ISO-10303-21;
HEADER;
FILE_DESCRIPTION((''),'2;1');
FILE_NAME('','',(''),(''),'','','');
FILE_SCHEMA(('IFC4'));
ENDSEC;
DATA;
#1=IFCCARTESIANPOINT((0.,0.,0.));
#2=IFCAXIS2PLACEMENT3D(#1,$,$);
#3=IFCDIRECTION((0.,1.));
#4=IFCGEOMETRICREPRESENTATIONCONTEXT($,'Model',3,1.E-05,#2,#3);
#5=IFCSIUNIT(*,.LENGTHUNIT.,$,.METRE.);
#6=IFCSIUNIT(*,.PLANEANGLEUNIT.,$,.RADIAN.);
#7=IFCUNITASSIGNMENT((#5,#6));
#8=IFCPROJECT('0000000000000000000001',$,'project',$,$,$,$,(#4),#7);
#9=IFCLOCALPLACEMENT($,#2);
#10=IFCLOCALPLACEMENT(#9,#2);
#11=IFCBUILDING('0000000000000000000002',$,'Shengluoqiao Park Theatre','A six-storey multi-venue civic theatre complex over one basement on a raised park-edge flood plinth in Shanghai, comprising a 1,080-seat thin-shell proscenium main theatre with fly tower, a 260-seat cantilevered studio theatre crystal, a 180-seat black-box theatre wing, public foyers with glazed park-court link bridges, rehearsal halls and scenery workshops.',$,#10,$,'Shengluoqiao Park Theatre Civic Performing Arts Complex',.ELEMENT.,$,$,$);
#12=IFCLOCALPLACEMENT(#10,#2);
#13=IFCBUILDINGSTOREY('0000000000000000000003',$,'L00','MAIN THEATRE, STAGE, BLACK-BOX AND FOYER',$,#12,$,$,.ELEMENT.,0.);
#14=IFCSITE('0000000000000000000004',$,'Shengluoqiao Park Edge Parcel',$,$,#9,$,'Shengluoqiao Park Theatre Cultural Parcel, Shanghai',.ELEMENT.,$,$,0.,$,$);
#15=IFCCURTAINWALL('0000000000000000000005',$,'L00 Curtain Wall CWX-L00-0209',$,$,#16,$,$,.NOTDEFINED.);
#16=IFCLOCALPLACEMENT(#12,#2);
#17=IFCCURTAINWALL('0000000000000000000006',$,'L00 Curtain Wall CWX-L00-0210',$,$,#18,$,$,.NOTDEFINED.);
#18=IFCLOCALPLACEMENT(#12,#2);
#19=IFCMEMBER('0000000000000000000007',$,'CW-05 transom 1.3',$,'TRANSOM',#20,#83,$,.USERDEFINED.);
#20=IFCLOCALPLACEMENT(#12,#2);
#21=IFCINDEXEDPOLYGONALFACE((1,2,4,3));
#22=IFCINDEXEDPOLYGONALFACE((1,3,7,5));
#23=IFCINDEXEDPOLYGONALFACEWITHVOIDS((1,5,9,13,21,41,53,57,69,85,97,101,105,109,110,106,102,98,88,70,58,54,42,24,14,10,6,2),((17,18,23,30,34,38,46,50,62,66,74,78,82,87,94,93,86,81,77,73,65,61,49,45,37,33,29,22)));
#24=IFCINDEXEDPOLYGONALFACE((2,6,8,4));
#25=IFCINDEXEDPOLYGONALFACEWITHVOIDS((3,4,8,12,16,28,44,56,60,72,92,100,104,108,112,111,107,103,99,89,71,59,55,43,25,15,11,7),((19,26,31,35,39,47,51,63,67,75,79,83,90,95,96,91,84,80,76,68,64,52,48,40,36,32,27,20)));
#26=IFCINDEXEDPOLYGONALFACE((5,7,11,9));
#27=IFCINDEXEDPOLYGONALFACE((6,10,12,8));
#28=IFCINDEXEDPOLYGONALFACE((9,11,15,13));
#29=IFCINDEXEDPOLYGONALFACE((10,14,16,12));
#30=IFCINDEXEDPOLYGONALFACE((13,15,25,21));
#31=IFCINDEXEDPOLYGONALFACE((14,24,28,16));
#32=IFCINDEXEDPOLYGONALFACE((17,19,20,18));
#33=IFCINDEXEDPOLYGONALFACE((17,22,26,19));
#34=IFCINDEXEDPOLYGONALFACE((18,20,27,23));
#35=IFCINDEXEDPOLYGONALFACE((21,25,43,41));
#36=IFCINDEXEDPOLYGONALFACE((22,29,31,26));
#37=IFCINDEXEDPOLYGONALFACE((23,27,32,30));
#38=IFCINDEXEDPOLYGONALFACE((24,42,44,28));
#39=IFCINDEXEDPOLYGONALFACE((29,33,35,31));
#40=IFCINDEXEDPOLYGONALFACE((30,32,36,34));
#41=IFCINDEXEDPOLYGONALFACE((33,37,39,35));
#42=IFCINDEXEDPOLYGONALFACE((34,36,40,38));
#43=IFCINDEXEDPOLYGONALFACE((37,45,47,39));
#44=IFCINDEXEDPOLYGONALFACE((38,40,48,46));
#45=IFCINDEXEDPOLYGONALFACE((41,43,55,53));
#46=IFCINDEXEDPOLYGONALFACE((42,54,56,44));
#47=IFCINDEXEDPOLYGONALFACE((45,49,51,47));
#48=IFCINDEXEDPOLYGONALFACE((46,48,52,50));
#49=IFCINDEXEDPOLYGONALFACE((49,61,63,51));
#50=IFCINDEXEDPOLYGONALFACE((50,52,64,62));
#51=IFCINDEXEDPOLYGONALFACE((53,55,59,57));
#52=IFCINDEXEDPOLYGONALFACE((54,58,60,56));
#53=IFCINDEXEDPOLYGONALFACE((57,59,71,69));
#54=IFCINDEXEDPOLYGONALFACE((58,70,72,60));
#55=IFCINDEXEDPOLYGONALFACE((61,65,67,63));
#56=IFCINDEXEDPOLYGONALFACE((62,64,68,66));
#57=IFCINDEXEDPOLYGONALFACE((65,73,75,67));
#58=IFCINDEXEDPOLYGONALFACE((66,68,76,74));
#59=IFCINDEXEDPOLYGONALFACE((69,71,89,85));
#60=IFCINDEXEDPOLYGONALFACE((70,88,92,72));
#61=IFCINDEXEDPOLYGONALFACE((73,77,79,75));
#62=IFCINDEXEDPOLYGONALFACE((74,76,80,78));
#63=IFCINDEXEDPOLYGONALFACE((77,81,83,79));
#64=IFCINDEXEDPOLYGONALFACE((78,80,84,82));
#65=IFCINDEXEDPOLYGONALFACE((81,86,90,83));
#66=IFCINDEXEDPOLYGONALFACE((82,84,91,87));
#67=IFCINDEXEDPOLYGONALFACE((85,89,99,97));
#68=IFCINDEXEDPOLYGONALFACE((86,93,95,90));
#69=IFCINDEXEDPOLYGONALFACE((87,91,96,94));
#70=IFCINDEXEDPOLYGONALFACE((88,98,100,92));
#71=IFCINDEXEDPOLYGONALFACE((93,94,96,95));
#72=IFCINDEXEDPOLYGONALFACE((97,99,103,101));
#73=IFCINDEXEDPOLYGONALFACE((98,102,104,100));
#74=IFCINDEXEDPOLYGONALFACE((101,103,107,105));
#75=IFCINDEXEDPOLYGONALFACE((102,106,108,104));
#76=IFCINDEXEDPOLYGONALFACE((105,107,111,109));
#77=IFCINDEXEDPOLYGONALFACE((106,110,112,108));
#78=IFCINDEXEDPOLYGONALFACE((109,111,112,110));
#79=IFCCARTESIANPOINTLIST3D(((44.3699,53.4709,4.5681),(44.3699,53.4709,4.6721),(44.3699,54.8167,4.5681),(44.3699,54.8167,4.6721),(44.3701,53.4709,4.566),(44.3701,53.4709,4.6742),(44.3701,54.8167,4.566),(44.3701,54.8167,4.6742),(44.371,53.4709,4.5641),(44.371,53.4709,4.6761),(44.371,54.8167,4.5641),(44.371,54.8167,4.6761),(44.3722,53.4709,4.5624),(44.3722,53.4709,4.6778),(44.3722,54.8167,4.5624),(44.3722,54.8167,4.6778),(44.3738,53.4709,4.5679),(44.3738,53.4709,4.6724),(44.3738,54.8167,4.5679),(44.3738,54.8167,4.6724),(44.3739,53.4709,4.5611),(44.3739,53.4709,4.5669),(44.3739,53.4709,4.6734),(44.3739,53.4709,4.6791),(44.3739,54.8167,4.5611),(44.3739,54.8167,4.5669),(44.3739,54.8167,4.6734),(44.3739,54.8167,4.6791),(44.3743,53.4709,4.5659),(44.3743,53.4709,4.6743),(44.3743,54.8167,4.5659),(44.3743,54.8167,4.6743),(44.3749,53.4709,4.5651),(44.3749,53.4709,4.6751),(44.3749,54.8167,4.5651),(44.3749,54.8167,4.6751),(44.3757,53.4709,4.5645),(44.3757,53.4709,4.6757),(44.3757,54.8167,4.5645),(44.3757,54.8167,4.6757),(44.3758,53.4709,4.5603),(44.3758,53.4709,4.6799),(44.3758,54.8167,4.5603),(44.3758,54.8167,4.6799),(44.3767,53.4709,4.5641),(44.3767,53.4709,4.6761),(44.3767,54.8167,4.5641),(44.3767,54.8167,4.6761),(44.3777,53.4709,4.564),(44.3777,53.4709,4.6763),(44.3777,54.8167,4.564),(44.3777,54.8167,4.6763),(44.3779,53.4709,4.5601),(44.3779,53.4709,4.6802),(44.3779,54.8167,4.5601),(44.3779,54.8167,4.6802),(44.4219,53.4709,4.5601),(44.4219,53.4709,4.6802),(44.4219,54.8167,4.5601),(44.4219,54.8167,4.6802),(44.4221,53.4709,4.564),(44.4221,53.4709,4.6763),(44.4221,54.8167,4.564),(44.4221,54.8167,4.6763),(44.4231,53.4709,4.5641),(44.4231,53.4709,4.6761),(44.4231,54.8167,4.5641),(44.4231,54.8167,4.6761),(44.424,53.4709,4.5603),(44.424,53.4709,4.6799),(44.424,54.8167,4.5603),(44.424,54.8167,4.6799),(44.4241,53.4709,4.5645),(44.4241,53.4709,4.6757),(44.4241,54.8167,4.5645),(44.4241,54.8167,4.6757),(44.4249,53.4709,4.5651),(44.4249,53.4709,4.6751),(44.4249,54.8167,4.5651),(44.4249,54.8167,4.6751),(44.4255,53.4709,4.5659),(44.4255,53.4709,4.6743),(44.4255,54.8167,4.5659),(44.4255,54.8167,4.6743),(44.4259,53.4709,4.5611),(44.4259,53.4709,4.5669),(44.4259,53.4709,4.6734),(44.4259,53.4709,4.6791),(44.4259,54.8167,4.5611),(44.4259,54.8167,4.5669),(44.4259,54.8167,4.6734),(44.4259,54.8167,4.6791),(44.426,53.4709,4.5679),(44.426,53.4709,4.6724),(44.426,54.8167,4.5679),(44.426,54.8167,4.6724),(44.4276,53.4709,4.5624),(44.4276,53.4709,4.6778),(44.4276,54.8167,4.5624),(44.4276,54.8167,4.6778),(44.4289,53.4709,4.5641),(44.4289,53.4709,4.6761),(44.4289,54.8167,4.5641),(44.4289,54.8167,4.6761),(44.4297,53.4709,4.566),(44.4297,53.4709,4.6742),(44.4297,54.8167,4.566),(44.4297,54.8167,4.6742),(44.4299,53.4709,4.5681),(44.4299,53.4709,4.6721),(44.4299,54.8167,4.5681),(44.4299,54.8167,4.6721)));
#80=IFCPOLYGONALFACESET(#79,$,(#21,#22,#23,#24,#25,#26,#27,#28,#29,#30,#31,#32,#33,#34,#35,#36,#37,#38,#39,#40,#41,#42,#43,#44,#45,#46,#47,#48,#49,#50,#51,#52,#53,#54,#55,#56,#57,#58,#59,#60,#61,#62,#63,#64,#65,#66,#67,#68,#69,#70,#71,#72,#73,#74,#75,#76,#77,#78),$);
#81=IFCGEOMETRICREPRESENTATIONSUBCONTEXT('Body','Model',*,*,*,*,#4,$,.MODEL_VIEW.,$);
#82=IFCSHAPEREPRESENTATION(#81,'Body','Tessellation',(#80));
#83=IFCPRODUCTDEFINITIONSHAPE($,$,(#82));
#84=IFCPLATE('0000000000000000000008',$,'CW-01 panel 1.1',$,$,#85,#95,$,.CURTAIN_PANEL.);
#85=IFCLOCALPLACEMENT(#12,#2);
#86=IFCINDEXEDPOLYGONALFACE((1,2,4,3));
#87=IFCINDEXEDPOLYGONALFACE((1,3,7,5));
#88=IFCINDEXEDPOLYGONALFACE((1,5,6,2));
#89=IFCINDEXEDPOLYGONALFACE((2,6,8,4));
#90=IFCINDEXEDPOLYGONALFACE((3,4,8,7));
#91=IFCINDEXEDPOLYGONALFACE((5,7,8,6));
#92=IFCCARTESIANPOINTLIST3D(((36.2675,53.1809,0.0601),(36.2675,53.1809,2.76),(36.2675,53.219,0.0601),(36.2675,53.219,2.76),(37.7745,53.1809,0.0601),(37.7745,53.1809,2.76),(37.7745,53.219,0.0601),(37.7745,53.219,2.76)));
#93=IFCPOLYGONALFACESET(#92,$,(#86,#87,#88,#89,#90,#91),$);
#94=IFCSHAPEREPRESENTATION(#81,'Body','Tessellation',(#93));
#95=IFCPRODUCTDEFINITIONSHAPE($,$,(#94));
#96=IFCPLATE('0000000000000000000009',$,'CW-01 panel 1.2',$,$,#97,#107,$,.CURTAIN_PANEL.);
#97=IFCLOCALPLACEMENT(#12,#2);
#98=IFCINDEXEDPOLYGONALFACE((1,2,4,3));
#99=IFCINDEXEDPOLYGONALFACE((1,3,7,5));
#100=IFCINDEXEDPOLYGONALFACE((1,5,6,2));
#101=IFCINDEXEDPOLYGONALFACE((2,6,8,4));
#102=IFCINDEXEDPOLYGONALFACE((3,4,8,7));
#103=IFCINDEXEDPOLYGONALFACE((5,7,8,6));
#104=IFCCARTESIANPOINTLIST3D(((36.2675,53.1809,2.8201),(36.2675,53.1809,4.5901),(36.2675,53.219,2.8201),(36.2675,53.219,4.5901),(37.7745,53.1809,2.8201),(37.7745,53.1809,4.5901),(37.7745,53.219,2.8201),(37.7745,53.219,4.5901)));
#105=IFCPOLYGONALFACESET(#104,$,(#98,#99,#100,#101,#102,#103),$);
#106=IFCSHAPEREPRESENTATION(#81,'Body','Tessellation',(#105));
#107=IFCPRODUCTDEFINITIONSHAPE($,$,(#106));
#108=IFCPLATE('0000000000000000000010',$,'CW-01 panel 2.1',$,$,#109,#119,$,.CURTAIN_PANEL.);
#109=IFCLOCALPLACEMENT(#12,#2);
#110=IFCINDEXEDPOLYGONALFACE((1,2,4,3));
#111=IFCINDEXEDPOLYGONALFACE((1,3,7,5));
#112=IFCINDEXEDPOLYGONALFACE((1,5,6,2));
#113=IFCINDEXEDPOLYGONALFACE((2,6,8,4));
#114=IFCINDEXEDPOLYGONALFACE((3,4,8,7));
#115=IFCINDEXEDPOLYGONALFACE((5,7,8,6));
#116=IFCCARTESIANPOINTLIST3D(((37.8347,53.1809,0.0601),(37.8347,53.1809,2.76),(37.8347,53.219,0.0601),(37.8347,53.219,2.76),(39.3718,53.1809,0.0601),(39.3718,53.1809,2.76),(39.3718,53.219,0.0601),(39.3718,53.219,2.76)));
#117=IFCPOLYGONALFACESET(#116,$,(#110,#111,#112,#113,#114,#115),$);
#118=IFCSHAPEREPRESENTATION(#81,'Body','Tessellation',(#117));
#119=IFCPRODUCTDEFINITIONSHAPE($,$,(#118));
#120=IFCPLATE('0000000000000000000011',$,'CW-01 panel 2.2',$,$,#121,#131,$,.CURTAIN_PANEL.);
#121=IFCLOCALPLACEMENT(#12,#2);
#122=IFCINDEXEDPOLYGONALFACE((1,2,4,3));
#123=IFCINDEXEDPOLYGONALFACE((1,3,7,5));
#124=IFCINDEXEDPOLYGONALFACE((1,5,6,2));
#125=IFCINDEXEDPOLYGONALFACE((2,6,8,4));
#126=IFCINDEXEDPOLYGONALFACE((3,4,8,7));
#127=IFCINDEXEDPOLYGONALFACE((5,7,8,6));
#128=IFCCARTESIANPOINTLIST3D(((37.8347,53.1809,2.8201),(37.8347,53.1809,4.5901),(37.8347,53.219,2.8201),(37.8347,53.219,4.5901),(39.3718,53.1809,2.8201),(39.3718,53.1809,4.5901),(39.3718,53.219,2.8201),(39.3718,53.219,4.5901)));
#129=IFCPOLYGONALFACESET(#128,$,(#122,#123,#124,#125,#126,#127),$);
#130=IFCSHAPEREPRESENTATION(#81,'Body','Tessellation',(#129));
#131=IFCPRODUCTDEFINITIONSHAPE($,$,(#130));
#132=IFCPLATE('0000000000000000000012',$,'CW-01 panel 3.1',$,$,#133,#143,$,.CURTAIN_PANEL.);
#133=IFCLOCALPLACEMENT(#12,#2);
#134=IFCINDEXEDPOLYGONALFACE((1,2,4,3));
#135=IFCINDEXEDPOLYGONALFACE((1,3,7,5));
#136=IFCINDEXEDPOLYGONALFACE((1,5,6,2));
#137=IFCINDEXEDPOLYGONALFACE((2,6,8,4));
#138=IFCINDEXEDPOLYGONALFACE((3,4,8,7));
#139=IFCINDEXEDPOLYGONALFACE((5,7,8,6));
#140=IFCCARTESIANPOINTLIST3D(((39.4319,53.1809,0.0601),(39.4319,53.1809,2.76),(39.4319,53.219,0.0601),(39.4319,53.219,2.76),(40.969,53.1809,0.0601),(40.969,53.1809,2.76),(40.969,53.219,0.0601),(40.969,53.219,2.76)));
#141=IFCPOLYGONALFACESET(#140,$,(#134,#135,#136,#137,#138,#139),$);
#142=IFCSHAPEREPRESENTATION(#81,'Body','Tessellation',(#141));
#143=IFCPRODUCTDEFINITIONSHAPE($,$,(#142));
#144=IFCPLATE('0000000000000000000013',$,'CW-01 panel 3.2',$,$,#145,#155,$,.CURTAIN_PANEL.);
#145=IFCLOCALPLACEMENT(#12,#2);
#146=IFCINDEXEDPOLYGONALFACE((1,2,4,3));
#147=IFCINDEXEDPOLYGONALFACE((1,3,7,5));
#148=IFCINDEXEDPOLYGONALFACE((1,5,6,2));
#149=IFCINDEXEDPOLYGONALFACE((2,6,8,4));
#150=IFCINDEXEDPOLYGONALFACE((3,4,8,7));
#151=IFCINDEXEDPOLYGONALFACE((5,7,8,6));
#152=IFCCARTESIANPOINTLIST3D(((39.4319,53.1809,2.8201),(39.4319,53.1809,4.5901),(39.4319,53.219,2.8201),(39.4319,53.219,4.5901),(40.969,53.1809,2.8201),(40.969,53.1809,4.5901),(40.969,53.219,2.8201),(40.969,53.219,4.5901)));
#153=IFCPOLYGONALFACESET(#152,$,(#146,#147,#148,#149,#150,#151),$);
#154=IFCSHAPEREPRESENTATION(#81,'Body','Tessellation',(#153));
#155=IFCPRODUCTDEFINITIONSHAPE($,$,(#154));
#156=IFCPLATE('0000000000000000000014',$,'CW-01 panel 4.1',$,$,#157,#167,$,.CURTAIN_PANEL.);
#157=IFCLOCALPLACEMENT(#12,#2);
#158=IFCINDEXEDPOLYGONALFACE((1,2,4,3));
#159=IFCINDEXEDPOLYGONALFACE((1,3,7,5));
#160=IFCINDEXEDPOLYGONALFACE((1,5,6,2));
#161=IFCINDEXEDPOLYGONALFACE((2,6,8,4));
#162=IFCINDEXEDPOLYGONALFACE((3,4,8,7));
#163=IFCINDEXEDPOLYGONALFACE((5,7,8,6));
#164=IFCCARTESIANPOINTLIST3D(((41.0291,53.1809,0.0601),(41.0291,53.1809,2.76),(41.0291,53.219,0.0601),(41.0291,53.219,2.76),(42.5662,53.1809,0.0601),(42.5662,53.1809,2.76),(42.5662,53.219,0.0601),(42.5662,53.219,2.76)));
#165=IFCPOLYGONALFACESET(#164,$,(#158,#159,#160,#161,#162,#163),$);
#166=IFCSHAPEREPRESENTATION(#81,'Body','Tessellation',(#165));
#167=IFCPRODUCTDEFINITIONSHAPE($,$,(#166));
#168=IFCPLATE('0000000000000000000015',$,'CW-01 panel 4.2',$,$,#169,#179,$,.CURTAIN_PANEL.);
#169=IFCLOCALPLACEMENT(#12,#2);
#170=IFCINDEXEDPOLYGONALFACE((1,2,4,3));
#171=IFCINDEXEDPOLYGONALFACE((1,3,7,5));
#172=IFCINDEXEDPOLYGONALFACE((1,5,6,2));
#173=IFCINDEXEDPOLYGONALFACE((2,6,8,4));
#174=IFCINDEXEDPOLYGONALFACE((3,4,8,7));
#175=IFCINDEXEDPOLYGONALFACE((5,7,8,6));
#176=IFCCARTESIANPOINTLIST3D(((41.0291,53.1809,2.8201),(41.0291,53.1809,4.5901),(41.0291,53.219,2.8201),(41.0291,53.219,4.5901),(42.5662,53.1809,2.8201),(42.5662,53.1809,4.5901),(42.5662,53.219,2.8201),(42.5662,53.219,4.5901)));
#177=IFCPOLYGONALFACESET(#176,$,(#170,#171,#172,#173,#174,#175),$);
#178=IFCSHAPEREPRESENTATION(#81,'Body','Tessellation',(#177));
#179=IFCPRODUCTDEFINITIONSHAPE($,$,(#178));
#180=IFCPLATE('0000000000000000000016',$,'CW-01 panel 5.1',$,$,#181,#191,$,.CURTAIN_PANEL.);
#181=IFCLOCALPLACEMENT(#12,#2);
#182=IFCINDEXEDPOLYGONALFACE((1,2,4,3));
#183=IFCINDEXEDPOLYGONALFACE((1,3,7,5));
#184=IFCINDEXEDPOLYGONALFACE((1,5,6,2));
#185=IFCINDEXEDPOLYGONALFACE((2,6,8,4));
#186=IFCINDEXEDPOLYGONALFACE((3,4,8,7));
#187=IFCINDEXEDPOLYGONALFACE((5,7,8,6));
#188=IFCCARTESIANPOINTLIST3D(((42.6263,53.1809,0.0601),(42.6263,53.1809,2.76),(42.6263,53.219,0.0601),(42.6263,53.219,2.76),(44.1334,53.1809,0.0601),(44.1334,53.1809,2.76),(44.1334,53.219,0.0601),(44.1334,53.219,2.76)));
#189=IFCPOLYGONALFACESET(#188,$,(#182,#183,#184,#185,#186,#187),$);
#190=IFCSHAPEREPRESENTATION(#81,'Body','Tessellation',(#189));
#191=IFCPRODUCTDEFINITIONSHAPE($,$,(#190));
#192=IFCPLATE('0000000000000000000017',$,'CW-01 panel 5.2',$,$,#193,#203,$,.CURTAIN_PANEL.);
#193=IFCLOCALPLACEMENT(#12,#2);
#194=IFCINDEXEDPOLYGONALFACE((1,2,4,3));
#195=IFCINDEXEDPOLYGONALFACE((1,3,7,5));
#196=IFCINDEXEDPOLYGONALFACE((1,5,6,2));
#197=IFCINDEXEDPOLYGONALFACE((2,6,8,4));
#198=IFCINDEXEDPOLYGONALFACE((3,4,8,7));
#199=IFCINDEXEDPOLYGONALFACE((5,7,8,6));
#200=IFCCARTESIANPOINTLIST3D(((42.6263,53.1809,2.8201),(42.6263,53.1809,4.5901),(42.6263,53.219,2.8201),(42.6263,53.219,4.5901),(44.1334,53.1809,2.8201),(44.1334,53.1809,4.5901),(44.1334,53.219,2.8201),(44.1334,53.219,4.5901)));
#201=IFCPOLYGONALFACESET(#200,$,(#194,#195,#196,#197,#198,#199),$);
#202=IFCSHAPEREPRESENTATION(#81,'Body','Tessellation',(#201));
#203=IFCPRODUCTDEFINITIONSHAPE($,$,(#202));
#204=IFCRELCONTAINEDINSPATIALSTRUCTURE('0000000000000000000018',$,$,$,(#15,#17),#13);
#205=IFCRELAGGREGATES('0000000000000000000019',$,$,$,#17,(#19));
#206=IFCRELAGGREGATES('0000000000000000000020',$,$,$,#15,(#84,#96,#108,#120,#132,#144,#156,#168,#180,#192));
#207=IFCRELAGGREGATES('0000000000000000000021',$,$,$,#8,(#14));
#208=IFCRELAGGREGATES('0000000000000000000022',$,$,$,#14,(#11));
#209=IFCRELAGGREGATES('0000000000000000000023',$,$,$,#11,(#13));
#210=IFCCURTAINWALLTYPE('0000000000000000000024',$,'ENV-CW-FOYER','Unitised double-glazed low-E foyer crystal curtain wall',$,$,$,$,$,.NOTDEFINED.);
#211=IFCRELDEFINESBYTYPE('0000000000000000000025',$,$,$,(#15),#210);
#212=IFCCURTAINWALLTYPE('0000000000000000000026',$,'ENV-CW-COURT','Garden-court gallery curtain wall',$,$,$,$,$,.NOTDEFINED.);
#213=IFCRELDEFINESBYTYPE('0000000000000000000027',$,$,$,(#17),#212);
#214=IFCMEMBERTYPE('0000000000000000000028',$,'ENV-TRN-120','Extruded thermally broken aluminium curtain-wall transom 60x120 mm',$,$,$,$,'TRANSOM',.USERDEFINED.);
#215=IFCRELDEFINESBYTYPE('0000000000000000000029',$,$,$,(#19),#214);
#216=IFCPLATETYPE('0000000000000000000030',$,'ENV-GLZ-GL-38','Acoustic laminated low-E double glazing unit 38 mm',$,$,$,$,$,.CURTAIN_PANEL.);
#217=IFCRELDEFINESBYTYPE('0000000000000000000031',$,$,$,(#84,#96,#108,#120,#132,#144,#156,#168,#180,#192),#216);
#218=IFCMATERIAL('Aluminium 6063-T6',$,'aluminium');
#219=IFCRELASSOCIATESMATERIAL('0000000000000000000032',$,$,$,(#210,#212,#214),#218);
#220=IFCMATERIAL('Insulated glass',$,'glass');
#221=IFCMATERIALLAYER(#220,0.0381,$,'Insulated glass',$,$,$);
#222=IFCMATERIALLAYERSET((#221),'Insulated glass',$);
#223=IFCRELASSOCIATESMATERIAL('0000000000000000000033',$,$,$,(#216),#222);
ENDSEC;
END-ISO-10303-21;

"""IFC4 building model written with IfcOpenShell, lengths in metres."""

from ifc_helpers import new_model, si_unit, direction, frame, origin, origin_2d, place, context, subcontext, project, spatial, rectangle, hollow_rectangle, extrude, material, layer, layer_set, material_profile, profile_set, type_object, element, aggregate, save


model = new_model("IFC4")

# Units and contexts
model_context = context("Model", 3, precision=1e-05, world=origin(), true_north=direction((0.0, 1.0)))
body_context = subcontext(model_context, "Body", "Model", "MODEL_VIEW")
ifc_project = project(units=[si_unit("LENGTHUNIT", "METRE"), si_unit("PLANEANGLEUNIT", "RADIAN")], contexts=[model_context])

# Site, building, storey
site_placement = place(None, origin())
site = spatial("IfcSite", under=ifc_project, at=site_placement, Name="Shengluoqiao Park Edge Parcel", LongName="Shengluoqiao Park Theatre Cultural Parcel, Shanghai", CompositionType="ELEMENT", RefElevation=0.0)
building_placement = place(site_placement, origin())
building = spatial("IfcBuilding", under=site, at=building_placement, Name="Shengluoqiao Park Theatre", Description="A six-storey multi-venue civic theatre complex over one basement on a raised park-edge flood plinth in Shanghai, comprising a 1,080-seat thin-shell proscenium main theatre with fly tower, a 260-seat cantilevered studio theatre crystal, a 180-seat black-box theatre wing, public foyers with glazed park-court link bridges, rehearsal halls and scenery workshops.", LongName="Shengluoqiao Park Theatre Civic Performing Arts Complex", CompositionType="ELEMENT")
storey_placement = place(building_placement, origin())
storey = spatial("IfcBuildingStorey", under=building, at=storey_placement, Name="L00", Description="MAIN THEATRE, STAGE, BLACK-BOX AND FOYER", CompositionType="ELEMENT", Elevation=0.0)

# Curtain wall
ifc_material_1 = material(Name="Aluminium 6063-T6", Category="aluminium")
curtain_wall_type_1 = type_object("IfcCurtainWallType", Name="ENV-CW-FOYER", Description="Unitised double-glazed low-E foyer crystal curtain wall", PredefinedType="NOTDEFINED", material=ifc_material_1)
curtain_wall_1_placement = place(storey_placement, origin())
curtain_wall_1 = element("IfcCurtainWall", 1, at=curtain_wall_1_placement, inside=storey, type_object=curtain_wall_type_1, Name="L00 Curtain Wall CWX-L00-0209", PredefinedType="NOTDEFINED")

# Curtain wall
curtain_wall_type_2 = type_object("IfcCurtainWallType", Name="ENV-CW-COURT", Description="Garden-court gallery curtain wall", PredefinedType="NOTDEFINED", material=ifc_material_1)
curtain_wall_2_placement = place(storey_placement, origin())
curtain_wall_2 = element("IfcCurtainWall", 2, at=curtain_wall_2_placement, inside=storey, type_object=curtain_wall_type_2, Name="L00 Curtain Wall CWX-L00-0210", PredefinedType="NOTDEFINED")

# Member
ifc_material_profile_1 = material_profile(ifc_material_1, hollow_rectangle(XDim=0.0601, YDim=0.1201, WallThickness=0.0039, InnerFilletRadius=0.0039, OuterFilletRadius=0.0081, at=origin_2d()), Name="ALU TRANSOM 120x60x4")
ifc_profile_set_1 = profile_set([ifc_material_profile_1], Name="Aluminium 6063-T6")
member_type_1 = type_object("IfcMemberType", Name="ENV-TRN-120", Description="Extruded thermally broken aluminium curtain-wall transom 60x120 mm", ElementType="TRANSOM", PredefinedType="USERDEFINED", material=ifc_profile_set_1)
member_1_placement = place(storey_placement, frame((44.3999, 53.4709, 4.6201), z_axis=(0.0, 1.0, 0.0), x_axis=(-1.0, 0.0, 0.0)))
member_1 = element("IfcMember", 3, at=member_1_placement, type_object=member_type_1, Name="CW-05 transom 1.3", ObjectType="TRANSOM", PredefinedType="USERDEFINED", context=body_context, shape_type="SweptSolid", body=[
    extrude(hollow_rectangle(XDim=0.0601, YDim=0.1201, WallThickness=0.0039, InnerFilletRadius=0.0039, OuterFilletRadius=0.0081, at=origin_2d()), origin(), (0.0, 0.0, 1.0), 1.3457),
])
aggregate(curtain_wall_2, [member_1])

# Plates
ifc_material_2 = material(Name="Insulated glass", Category="glass")
ifc_layer = layer(ifc_material_2, 0.0381, Name="Insulated glass")
ifc_layer_set = layer_set([ifc_layer], Name="Insulated glass")
plate_type = type_object("IfcPlateType", Name="ENV-GLZ-GL-38", Description="Acoustic laminated low-E double glazing unit 38 mm", PredefinedType="CURTAIN_PANEL", material=ifc_layer_set)
plate_1_placement = place(storey_placement, frame((37.021, 53.2, 0.0601), z_axis=(0.0, 0.0, 1.0), x_axis=(1.0, 0.0, 0.0)))
plate_1 = element("IfcPlate", 4, at=plate_1_placement, type_object=plate_type, Name="CW-01 panel 1.1", PredefinedType="CURTAIN_PANEL", context=body_context, shape_type="SweptSolid", body=[
    extrude(rectangle(XDim=1.5071, YDim=0.0381, at=origin_2d()), origin(), (0.0, 0.0, 1.0), 2.7),
])
plate_2_placement = place(storey_placement, frame((37.021, 53.2, 2.8201), z_axis=(0.0, 0.0, 1.0), x_axis=(1.0, 0.0, 0.0)))
plate_2 = element("IfcPlate", 5, at=plate_2_placement, type_object=plate_type, Name="CW-01 panel 1.2", PredefinedType="CURTAIN_PANEL", context=body_context, shape_type="SweptSolid", body=[
    extrude(rectangle(XDim=1.5071, YDim=0.0381, at=origin_2d()), origin(), (0.0, 0.0, 1.0), 1.77),
])
plate_3_placement = place(storey_placement, frame((38.6033, 53.2, 0.0601), z_axis=(0.0, 0.0, 1.0), x_axis=(1.0, 0.0, 0.0)))
plate_3 = element("IfcPlate", 6, at=plate_3_placement, type_object=plate_type, Name="CW-01 panel 2.1", PredefinedType="CURTAIN_PANEL", context=body_context, shape_type="SweptSolid", body=[
    extrude(rectangle(XDim=1.5371, YDim=0.0381, at=origin_2d()), origin(), (0.0, 0.0, 1.0), 2.7),
])
plate_4_placement = place(storey_placement, frame((38.6033, 53.2, 2.8201), z_axis=(0.0, 0.0, 1.0), x_axis=(1.0, 0.0, 0.0)))
plate_4 = element("IfcPlate", 7, at=plate_4_placement, type_object=plate_type, Name="CW-01 panel 2.2", PredefinedType="CURTAIN_PANEL", context=body_context, shape_type="SweptSolid", body=[
    extrude(rectangle(XDim=1.5371, YDim=0.0381, at=origin_2d()), origin(), (0.0, 0.0, 1.0), 1.77),
])
plate_5_placement = place(storey_placement, frame((40.2004, 53.2, 0.0601), z_axis=(0.0, 0.0, 1.0), x_axis=(1.0, 0.0, 0.0)))
plate_5 = element("IfcPlate", 8, at=plate_5_placement, type_object=plate_type, Name="CW-01 panel 3.1", PredefinedType="CURTAIN_PANEL", context=body_context, shape_type="SweptSolid", body=[
    extrude(rectangle(XDim=1.5371, YDim=0.0381, at=origin_2d()), origin(), (0.0, 0.0, 1.0), 2.7),
])
plate_6_placement = place(storey_placement, frame((40.2004, 53.2, 2.8201), z_axis=(0.0, 0.0, 1.0), x_axis=(1.0, 0.0, 0.0)))
plate_6 = element("IfcPlate", 9, at=plate_6_placement, type_object=plate_type, Name="CW-01 panel 3.2", PredefinedType="CURTAIN_PANEL", context=body_context, shape_type="SweptSolid", body=[
    extrude(rectangle(XDim=1.5371, YDim=0.0381, at=origin_2d()), origin(), (0.0, 0.0, 1.0), 1.77),
])
plate_7_placement = place(storey_placement, frame((41.7976, 53.2, 0.0601), z_axis=(0.0, 0.0, 1.0), x_axis=(1.0, 0.0, 0.0)))
plate_7 = element("IfcPlate", 10, at=plate_7_placement, type_object=plate_type, Name="CW-01 panel 4.1", PredefinedType="CURTAIN_PANEL", context=body_context, shape_type="SweptSolid", body=[
    extrude(rectangle(XDim=1.5371, YDim=0.0381, at=origin_2d()), origin(), (0.0, 0.0, 1.0), 2.7),
])
plate_8_placement = place(storey_placement, frame((41.7976, 53.2, 2.8201), z_axis=(0.0, 0.0, 1.0), x_axis=(1.0, 0.0, 0.0)))
plate_8 = element("IfcPlate", 11, at=plate_8_placement, type_object=plate_type, Name="CW-01 panel 4.2", PredefinedType="CURTAIN_PANEL", context=body_context, shape_type="SweptSolid", body=[
    extrude(rectangle(XDim=1.5371, YDim=0.0381, at=origin_2d()), origin(), (0.0, 0.0, 1.0), 1.77),
])
plate_9_placement = place(storey_placement, frame((43.3799, 53.2, 0.0601), z_axis=(0.0, 0.0, 1.0), x_axis=(1.0, 0.0, 0.0)))
plate_9 = element("IfcPlate", 12, at=plate_9_placement, type_object=plate_type, Name="CW-01 panel 5.1", PredefinedType="CURTAIN_PANEL", context=body_context, shape_type="SweptSolid", body=[
    extrude(rectangle(XDim=1.5071, YDim=0.0381, at=origin_2d()), origin(), (0.0, 0.0, 1.0), 2.7),
])
plate_10_placement = place(storey_placement, frame((43.3799, 53.2, 2.8201), z_axis=(0.0, 0.0, 1.0), x_axis=(1.0, 0.0, 0.0)))
plate_10 = element("IfcPlate", 13, at=plate_10_placement, type_object=plate_type, Name="CW-01 panel 5.2", PredefinedType="CURTAIN_PANEL", context=body_context, shape_type="SweptSolid", body=[
    extrude(rectangle(XDim=1.5071, YDim=0.0381, at=origin_2d()), origin(), (0.0, 0.0, 1.0), 1.77),
])
aggregate(curtain_wall_1, [plate_1, plate_2, plate_3, plate_4, plate_5, plate_6, plate_7, plate_8, plate_9, plate_10])

save(model, "model.ifc")
